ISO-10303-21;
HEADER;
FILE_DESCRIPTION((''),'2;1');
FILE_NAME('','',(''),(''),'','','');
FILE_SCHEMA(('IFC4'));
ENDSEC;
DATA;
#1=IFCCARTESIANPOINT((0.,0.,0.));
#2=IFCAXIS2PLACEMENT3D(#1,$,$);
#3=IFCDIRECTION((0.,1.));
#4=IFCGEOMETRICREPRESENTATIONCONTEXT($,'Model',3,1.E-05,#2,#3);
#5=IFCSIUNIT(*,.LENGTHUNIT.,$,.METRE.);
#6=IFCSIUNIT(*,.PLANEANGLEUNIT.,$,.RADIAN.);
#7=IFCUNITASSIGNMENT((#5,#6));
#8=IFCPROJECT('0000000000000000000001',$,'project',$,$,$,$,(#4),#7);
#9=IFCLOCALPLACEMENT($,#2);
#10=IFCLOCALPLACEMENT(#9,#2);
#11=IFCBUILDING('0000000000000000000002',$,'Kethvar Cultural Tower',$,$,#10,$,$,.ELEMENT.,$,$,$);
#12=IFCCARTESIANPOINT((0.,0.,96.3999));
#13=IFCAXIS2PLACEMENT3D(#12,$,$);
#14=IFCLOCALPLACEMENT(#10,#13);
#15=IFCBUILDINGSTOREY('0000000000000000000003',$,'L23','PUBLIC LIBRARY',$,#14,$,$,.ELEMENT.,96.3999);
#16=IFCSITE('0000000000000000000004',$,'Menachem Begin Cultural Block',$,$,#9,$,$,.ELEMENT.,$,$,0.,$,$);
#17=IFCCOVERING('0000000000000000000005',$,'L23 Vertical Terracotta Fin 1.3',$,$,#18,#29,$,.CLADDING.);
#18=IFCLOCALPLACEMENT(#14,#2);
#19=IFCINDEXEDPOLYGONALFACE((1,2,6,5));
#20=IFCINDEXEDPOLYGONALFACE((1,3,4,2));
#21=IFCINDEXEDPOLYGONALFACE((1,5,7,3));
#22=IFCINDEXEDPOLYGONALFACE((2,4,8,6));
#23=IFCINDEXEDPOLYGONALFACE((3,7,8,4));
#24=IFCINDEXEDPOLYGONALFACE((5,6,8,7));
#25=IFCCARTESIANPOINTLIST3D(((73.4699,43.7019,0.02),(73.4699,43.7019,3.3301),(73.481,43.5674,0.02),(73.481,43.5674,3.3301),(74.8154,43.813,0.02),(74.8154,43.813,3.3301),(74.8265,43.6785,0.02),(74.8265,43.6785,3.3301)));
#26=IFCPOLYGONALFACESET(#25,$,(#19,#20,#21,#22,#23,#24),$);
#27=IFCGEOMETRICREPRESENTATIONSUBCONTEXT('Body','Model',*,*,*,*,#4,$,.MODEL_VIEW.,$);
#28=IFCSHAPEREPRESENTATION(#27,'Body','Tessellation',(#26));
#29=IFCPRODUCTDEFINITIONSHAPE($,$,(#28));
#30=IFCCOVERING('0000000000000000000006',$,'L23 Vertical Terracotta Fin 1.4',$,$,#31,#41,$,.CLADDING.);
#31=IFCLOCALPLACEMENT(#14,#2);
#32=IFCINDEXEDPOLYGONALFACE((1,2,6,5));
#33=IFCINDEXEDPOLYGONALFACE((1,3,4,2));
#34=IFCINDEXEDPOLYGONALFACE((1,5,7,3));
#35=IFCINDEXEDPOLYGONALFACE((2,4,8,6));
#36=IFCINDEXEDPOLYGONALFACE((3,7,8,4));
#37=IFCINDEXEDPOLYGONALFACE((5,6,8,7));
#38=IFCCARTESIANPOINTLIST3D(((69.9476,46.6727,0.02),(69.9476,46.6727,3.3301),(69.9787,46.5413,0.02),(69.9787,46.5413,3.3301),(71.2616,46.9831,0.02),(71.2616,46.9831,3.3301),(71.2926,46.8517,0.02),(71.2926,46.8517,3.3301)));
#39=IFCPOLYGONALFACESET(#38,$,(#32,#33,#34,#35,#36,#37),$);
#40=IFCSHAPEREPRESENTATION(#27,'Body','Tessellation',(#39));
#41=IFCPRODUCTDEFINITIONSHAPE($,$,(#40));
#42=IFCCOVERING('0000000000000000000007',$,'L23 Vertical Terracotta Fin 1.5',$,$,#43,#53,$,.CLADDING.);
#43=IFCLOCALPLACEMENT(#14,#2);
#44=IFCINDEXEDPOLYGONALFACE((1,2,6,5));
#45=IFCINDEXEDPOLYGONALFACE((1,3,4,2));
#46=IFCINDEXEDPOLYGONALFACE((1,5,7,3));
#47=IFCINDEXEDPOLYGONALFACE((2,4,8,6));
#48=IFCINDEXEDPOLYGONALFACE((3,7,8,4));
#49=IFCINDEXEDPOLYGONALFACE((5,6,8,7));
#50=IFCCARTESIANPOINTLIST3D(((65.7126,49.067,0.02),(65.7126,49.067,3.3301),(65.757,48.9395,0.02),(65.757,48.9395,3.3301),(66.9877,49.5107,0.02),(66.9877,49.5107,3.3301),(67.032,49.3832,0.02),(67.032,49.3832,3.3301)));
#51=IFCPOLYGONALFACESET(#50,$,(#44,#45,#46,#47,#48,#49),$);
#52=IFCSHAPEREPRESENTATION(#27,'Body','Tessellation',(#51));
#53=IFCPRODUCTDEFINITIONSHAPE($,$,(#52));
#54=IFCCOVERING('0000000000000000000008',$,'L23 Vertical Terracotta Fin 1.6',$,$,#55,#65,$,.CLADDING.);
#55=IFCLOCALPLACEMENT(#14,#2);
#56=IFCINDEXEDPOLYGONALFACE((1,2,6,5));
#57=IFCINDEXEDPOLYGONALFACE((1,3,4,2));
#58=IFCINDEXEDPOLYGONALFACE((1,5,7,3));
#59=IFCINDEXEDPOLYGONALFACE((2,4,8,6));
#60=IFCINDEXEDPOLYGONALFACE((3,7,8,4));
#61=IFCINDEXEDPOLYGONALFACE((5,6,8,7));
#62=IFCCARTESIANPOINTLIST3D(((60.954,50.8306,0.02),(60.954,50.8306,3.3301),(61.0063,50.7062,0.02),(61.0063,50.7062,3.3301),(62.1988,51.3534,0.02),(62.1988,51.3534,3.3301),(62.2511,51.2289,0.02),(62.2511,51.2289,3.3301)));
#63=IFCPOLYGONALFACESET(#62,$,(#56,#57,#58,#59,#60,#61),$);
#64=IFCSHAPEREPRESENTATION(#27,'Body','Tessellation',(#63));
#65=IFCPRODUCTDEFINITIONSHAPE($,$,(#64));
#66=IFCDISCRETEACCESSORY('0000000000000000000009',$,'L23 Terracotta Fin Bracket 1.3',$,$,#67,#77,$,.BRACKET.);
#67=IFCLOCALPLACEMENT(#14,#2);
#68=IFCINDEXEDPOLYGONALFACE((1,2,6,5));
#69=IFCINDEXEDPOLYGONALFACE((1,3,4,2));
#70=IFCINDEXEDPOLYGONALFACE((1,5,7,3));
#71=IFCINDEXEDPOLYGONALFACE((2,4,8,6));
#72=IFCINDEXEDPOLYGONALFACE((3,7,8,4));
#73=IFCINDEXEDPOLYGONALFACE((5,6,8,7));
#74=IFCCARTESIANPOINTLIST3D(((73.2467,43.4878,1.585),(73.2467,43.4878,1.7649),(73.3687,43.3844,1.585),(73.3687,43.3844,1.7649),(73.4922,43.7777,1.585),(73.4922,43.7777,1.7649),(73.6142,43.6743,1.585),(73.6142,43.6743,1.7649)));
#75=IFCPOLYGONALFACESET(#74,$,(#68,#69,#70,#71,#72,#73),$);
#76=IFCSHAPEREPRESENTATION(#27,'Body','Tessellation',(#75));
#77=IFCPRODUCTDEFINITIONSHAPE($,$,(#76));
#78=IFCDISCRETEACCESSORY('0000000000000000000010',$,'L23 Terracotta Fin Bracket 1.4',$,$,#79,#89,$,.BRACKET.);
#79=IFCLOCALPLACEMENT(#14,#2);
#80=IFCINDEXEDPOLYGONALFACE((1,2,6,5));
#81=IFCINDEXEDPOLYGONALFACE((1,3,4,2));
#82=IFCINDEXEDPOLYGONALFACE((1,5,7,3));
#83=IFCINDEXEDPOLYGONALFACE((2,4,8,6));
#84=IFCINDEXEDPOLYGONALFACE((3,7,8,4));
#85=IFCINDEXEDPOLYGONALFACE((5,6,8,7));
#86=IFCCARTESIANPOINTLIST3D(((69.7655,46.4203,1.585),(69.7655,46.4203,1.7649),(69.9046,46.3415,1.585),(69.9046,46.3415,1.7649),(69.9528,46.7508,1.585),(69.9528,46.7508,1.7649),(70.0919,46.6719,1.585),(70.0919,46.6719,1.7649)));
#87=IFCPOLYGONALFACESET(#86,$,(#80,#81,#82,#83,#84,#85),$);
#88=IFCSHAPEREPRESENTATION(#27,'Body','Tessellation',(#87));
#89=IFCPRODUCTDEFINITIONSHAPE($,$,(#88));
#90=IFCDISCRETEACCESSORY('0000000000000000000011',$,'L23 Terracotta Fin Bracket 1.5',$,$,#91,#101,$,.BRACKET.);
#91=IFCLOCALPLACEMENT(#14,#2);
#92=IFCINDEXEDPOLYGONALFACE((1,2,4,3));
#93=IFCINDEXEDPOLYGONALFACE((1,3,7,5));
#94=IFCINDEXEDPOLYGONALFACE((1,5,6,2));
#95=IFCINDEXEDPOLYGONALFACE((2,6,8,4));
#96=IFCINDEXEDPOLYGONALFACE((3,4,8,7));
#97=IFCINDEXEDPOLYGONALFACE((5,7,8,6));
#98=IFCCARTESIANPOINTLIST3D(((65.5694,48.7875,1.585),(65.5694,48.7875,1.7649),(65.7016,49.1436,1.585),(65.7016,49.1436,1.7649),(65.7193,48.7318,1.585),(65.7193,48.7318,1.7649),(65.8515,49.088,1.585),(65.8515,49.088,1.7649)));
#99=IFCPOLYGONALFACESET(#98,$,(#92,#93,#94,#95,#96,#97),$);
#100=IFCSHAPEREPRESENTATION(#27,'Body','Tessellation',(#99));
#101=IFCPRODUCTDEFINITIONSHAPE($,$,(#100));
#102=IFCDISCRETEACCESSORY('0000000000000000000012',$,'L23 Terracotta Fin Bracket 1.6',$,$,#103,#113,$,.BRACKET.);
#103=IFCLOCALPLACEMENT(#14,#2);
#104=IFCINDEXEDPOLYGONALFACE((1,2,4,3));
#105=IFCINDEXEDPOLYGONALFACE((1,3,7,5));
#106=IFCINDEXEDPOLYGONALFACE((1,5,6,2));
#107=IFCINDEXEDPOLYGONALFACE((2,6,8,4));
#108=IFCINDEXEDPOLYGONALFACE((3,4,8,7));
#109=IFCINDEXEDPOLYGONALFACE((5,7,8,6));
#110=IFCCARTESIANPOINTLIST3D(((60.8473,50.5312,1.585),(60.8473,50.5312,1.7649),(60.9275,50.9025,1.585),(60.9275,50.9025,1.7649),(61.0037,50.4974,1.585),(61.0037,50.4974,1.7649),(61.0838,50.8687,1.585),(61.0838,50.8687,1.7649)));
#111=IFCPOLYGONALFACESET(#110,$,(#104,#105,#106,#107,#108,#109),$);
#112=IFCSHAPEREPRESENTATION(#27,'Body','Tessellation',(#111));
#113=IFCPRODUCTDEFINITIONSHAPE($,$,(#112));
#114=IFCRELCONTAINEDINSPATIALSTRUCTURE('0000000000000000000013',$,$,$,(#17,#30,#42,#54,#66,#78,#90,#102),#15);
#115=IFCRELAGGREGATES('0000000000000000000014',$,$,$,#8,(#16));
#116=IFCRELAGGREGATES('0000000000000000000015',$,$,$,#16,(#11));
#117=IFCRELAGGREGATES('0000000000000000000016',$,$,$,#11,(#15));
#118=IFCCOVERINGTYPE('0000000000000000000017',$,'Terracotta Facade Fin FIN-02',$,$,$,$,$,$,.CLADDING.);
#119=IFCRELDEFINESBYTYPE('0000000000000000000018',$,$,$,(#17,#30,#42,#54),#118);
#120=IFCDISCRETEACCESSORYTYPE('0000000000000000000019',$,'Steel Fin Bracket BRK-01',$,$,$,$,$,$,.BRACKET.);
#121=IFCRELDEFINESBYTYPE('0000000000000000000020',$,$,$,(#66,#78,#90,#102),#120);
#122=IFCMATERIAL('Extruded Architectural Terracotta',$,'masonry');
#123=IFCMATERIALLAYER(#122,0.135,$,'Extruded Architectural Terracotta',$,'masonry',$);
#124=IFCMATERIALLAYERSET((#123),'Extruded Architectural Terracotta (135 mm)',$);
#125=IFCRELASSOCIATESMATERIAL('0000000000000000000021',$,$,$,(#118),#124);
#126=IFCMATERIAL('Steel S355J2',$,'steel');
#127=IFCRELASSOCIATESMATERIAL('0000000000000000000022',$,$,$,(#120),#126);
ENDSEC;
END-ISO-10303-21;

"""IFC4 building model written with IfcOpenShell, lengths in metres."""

from ifc_helpers import new_model, si_unit, direction, frame, origin, origin_2d, place, context, subcontext, project, spatial, rectangle, extrude, source, transform, mapped, material, layer, layer_set, type_object, element, save


model = new_model("IFC4")

# Units and contexts
model_context = context("Model", 3, precision=1e-05, world=origin(), true_north=direction((0.0, 1.0)))
body_context = subcontext(model_context, "Body", "Model", "MODEL_VIEW")
ifc_project = project(units=[si_unit("LENGTHUNIT", "METRE"), si_unit("PLANEANGLEUNIT", "RADIAN")], contexts=[model_context])

# Site, building, storey
site_placement = place(None, origin())
site = spatial("IfcSite", under=ifc_project, at=site_placement, Name="Menachem Begin Cultural Block", CompositionType="ELEMENT", RefElevation=0.0)
building_placement = place(site_placement, origin())
building = spatial("IfcBuilding", under=site, at=building_placement, Name="Kethvar Cultural Tower", CompositionType="ELEMENT")
storey_placement = place(building_placement, frame((0.0, 0.0, 96.3999)))
storey = spatial("IfcBuildingStorey", under=building, at=storey_placement, Name="L23", Description="PUBLIC LIBRARY", CompositionType="ELEMENT", Elevation=96.3999)

# Shared definitions
ifc_material_1 = material(Name="Steel S355J2", Category="steel")

# Coverings
ifc_material_2 = material(Name="Extruded Architectural Terracotta", Category="masonry")
ifc_layer_1 = layer(ifc_material_2, 0.135, Name="Extruded Architectural Terracotta", Category="masonry")
ifc_layer_set_1 = layer_set([ifc_layer_1], Name="Extruded Architectural Terracotta (135 mm)")
covering_type = type_object("IfcCoveringType", Name="Terracotta Facade Fin FIN-02", PredefinedType="CLADDING", material=ifc_layer_set_1)
shared_shape_1 = source(origin(), body_context, "Body", "SweptSolid", [
    extrude(rectangle(XDim=1.3501, YDim=0.135, at=origin_2d()), origin(), (0.0, 0.0, 1.0), 3.3101),
])
for number, where, z_axis, x_axis, name in (
    (1, (74.1482, 43.6902, 0.02), (0.0, 0.0, 1.0), (0.996609, 0.082286, 0.0), "L23 Vertical Terracotta Fin 1.3"),
    (2, (70.6201, 46.7622, 0.02), (0.0, 0.0, 1.0), (0.973219, 0.22988, 0.0), "L23 Vertical Terracotta Fin 1.4"),
    (3, (66.3723, 49.2251, 0.02), (0.0, 0.0, 1.0), (0.944434, 0.328702, 0.0), "L23 Vertical Terracotta Fin 1.5"),
    (4, (61.6025, 51.0298, 0.02), (0.0, 0.0, 1.0), (0.921998, 0.387194, 0.0), "L23 Vertical Terracotta Fin 1.6"),
):
    element("IfcCovering", number, at=place(storey_placement, frame(where, z_axis=z_axis, x_axis=x_axis)), inside=storey, type_object=covering_type, Name=name, PredefinedType="CLADDING", context=body_context, shape_type="MappedRepresentation", body=[
        mapped(shared_shape_1, transform((0.0, 0.0, 0.0), scale=1.0)),
    ])

# Discrete accessories
discrete_accessory_type = type_object("IfcDiscreteAccessoryType", Name="Steel Fin Bracket BRK-01", PredefinedType="BRACKET", material=ifc_material_1)
shared_shape_2 = source(origin(), body_context, "Body", "SweptSolid", [
    extrude(rectangle(XDim=0.3799, YDim=0.1599, at=origin_2d()), origin(), (0.0, 0.0, 1.0), 0.1799),
])
for number, where, z_axis, x_axis, name in (
    (5, (73.4304, 43.5811, 1.585), (0.0, 0.0, 1.0), (0.646257, 0.76312, 0.0), "L23 Terracotta Fin Bracket 1.3"),
    (6, (69.9287, 46.5461, 1.585), (0.0, 0.0, 1.0), (0.493183, 0.869926, 0.0), "L23 Terracotta Fin Bracket 1.4"),
    (7, (65.7104, 48.9377, 1.585), (0.0, 0.0, 1.0), (0.348245, 0.937404, 0.0), "L23 Terracotta Fin Bracket 1.5"),
    (8, (60.9656, 50.7, 1.585), (0.0, 0.0, 1.0), (0.210984, 0.97749, 0.0), "L23 Terracotta Fin Bracket 1.6"),
):
    element("IfcDiscreteAccessory", number, at=place(storey_placement, frame(where, z_axis=z_axis, x_axis=x_axis)), inside=storey, type_object=discrete_accessory_type, Name=name, PredefinedType="BRACKET", context=body_context, shape_type="MappedRepresentation", body=[
        mapped(shared_shape_2, transform((0.0, 0.0, 0.0), scale=1.0)),
    ])

save(model, "model.ifc")
